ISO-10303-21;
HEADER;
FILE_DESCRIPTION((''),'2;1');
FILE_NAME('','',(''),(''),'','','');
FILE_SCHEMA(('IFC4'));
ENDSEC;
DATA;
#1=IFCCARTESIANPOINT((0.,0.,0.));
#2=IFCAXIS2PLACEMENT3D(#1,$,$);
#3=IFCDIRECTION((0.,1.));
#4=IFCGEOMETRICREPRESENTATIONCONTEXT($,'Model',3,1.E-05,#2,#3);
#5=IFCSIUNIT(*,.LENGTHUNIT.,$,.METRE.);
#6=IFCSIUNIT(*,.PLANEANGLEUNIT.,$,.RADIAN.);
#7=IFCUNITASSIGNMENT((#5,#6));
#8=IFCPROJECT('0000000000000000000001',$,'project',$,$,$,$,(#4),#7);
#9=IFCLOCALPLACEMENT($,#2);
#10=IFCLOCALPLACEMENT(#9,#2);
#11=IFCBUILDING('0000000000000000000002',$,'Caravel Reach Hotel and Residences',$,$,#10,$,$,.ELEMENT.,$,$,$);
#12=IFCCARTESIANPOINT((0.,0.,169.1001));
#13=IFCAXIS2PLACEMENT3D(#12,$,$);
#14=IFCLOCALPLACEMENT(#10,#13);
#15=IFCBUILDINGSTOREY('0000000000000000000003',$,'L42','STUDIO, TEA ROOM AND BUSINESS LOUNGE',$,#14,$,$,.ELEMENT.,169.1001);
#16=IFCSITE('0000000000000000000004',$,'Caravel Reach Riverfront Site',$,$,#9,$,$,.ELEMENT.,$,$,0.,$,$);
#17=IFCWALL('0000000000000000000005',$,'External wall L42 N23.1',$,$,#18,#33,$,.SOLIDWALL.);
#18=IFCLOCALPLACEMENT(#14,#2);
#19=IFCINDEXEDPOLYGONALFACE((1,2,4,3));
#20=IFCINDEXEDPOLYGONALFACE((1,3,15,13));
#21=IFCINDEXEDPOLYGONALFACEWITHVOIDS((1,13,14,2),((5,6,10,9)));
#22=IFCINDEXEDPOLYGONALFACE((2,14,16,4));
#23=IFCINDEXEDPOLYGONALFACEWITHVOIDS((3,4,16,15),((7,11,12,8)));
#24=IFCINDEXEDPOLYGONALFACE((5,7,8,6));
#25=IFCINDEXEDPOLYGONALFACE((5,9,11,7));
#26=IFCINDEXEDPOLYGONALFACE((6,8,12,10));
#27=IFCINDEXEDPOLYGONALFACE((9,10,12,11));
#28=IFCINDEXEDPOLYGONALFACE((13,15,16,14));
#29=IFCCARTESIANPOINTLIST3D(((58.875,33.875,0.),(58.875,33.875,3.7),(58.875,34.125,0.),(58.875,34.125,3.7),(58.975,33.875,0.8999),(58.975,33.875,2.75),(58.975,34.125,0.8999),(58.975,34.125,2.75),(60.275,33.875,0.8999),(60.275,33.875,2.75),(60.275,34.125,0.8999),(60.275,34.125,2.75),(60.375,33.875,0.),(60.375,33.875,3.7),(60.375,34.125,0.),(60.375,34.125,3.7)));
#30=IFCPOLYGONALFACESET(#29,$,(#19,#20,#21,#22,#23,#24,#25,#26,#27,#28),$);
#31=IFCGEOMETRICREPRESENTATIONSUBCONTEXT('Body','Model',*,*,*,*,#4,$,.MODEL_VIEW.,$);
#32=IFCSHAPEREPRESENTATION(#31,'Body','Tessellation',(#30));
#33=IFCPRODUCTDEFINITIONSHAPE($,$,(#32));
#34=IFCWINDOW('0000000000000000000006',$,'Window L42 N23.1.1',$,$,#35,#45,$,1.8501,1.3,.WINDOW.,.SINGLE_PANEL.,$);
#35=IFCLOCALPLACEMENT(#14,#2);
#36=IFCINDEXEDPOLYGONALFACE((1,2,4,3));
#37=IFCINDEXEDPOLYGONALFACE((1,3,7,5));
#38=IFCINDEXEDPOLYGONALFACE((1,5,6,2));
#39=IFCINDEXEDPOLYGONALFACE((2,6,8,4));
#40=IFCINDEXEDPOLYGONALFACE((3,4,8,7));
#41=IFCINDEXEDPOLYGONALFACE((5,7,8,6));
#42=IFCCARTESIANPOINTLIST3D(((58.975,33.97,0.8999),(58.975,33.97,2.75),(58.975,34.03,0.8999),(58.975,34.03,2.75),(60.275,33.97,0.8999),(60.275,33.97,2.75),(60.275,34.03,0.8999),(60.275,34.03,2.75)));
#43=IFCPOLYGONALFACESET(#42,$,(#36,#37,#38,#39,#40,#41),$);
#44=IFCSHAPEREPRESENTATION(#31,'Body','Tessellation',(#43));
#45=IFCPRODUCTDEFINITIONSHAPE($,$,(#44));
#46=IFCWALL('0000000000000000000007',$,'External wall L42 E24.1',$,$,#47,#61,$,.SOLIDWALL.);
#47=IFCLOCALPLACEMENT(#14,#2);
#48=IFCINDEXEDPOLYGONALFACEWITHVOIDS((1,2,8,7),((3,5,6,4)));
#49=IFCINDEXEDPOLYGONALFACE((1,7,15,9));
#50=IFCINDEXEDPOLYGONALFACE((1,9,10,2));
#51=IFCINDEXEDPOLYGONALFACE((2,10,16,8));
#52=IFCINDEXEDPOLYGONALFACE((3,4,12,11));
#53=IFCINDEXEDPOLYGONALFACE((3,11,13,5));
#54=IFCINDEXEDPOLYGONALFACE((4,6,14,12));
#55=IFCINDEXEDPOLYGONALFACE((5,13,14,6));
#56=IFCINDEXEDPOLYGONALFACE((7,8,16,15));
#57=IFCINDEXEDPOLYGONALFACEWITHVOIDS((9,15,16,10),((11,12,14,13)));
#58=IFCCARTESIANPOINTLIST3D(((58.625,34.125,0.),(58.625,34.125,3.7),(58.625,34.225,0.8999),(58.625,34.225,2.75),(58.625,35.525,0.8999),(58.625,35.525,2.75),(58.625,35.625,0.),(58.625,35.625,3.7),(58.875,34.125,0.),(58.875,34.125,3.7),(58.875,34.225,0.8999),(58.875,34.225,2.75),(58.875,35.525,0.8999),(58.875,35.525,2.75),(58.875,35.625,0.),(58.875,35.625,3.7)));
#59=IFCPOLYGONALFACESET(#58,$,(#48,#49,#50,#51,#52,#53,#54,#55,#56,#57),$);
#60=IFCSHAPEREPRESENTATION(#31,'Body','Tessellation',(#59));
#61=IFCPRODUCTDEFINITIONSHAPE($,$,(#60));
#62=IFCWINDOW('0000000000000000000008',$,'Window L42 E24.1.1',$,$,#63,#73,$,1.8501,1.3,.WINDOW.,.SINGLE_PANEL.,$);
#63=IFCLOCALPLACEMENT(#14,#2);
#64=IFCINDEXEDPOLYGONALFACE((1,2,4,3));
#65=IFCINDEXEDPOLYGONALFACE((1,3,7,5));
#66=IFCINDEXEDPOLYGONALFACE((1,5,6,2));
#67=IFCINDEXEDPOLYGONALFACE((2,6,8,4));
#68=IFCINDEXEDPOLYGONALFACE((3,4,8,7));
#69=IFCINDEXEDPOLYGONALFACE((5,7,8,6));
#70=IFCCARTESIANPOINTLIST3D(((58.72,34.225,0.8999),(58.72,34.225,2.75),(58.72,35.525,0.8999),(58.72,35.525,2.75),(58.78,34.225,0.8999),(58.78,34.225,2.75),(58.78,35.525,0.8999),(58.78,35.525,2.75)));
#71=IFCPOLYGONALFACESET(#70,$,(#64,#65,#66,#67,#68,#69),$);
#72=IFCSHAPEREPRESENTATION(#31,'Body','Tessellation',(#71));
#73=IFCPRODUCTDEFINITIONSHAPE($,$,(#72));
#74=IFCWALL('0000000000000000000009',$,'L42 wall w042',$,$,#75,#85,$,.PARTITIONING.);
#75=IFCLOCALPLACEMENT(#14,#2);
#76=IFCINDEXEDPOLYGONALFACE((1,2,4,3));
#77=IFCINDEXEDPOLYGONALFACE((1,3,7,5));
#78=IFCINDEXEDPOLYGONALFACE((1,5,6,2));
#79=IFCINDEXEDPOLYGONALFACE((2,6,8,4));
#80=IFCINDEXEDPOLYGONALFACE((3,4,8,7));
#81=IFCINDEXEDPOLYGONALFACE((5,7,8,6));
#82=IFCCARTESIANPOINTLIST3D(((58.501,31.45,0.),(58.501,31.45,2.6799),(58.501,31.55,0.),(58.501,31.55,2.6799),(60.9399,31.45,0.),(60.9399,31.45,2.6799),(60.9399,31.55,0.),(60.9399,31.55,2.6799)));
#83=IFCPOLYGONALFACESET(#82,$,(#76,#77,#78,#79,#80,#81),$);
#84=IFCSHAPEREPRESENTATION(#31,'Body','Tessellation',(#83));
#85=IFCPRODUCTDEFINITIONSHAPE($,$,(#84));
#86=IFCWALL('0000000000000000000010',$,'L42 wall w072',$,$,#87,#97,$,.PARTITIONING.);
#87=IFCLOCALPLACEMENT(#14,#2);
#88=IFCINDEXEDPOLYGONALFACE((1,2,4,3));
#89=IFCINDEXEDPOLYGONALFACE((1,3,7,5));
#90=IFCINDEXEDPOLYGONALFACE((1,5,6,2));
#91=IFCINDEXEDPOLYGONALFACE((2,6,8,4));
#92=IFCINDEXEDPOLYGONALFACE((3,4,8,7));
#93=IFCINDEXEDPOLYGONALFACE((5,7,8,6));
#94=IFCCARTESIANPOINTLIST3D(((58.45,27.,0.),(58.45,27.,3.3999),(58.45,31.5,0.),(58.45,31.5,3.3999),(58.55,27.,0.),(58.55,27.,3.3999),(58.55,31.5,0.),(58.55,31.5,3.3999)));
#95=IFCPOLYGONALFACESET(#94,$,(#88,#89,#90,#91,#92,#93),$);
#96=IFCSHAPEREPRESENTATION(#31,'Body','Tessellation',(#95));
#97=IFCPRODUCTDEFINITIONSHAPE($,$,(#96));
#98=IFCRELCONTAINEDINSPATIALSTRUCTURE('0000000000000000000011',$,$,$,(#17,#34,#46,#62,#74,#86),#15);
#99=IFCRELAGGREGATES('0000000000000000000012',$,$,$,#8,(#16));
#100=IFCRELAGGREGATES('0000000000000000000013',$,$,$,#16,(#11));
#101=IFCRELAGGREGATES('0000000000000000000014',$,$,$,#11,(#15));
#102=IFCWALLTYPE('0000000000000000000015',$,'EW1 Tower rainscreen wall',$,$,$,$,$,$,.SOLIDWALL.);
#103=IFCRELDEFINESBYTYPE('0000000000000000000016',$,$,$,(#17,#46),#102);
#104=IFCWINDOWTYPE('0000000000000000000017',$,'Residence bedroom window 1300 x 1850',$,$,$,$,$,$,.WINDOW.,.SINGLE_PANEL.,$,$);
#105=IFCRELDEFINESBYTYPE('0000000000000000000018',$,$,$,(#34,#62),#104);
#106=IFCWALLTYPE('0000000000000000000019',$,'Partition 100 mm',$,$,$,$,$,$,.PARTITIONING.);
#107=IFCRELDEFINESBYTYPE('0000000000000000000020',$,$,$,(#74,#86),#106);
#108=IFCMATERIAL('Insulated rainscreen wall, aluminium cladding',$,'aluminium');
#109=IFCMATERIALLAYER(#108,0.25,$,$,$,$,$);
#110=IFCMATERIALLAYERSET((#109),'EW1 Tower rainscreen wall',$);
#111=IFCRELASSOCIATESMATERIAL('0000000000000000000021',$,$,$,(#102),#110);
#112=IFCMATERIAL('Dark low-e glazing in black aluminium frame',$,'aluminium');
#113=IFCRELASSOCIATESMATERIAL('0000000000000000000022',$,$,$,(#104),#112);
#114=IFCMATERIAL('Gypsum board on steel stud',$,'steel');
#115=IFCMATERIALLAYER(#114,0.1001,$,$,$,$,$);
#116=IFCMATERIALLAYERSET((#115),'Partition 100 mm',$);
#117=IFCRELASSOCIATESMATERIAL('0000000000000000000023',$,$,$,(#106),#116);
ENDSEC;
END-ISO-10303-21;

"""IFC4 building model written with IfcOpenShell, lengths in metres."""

from ifc_helpers import new_model, si_unit, direction, frame, frame_2d, origin, place, context, subcontext, project, spatial, rectangle, extrude, material, layer, layer_set, type_object, element, fill, save


model = new_model("IFC4")

# Units and contexts
model_context = context("Model", 3, precision=1e-05, world=origin(), true_north=direction((0.0, 1.0)))
body_context = subcontext(model_context, "Body", "Model", "MODEL_VIEW")
ifc_project = project(units=[si_unit("LENGTHUNIT", "METRE"), si_unit("PLANEANGLEUNIT", "RADIAN")], contexts=[model_context])

# Site, building, storey
site_placement = place(None, origin())
site = spatial("IfcSite", under=ifc_project, at=site_placement, Name="Caravel Reach Riverfront Site", CompositionType="ELEMENT", RefElevation=0.0)
building_placement = place(site_placement, origin())
building = spatial("IfcBuilding", under=site, at=building_placement, Name="Caravel Reach Hotel and Residences", CompositionType="ELEMENT")
storey_placement = place(building_placement, frame((0.0, 0.0, 169.1001)))
storey = spatial("IfcBuildingStorey", under=building, at=storey_placement, Name="L42", Description="STUDIO, TEA ROOM AND BUSINESS LOUNGE", CompositionType="ELEMENT", Elevation=169.1001)

# Shared definitions
ifc_material_1 = material(Name="Insulated rainscreen wall, aluminium cladding", Category="aluminium")
ifc_layer_1 = layer(ifc_material_1, 0.25)
ifc_layer_set_1 = layer_set([ifc_layer_1], Name="EW1 Tower rainscreen wall")
wall_type_1 = type_object("IfcWallType", Name="EW1 Tower rainscreen wall", PredefinedType="SOLIDWALL", material=ifc_layer_set_1)

# Walls, openings, windows
ifc_material_2 = material(Name="Dark low-e glazing in black aluminium frame", Category="aluminium")
window_type_1 = type_object("IfcWindowType", Name="Residence bedroom window 1300 x 1850", PartitioningType="SINGLE_PANEL", PredefinedType="WINDOW", material=ifc_material_2)
wall_1_placement = place(storey_placement, frame((60.375, 34.0, 0.0), z_axis=(0.0, 0.0, 1.0), x_axis=(-1.0, 0.0, 0.0)))
wall_1 = element("IfcWall", 1, at=wall_1_placement, inside=storey, type_object=wall_type_1, Name="External wall L42 N23.1", PredefinedType="SOLIDWALL", context=body_context, shape_type="SweptSolid", body=[
    extrude(rectangle(XDim=1.5, YDim=0.25, at=frame_2d((0.75, 0.0))), origin(), (0.0, 0.0, 1.0), 3.7),
])
opening_1_placement = place(wall_1_placement, frame((0.1001, 0.0, 0.8999)))
opening_1 = element("IfcOpeningElement", 2, at=opening_1_placement, cuts=wall_1, PredefinedType="OPENING", context=body_context, shape_type="SweptSolid", body=[
    extrude(rectangle(XDim=1.3, YDim=1.8501, at=frame_2d((0.6499, 0.925))), frame((0.0, 0.135, 0.0), z_axis=(0.0, -1.0, 0.0), x_axis=(1.0, 0.0, 0.0)), (0.0, 0.0, 1.0), 0.27),
])
window_1_placement = place(opening_1_placement, origin())
window_1 = element("IfcWindow", 3, at=window_1_placement, inside=storey, type_object=window_type_1, Name="Window L42 N23.1.1", OverallHeight=1.8501, OverallWidth=1.3, PartitioningType="SINGLE_PANEL", PredefinedType="WINDOW", context=body_context, shape_type="SweptSolid", body=[
    extrude(rectangle(XDim=1.3, YDim=1.8501, at=frame_2d((0.6499, 0.925))), frame((0.0, 0.03, 0.0), z_axis=(0.0, -1.0, 0.0), x_axis=(1.0, 0.0, 0.0)), (0.0, 0.0, 1.0), 0.0601),
])
fill(opening_1, window_1)
wall_2_placement = place(storey_placement, frame((58.75, 34.125, 0.0), z_axis=(0.0, 0.0, 1.0), x_axis=(0.0, 1.0, 0.0)))
wall_2 = element("IfcWall", 4, at=wall_2_placement, inside=storey, type_object=wall_type_1, Name="External wall L42 E24.1", PredefinedType="SOLIDWALL", context=body_context, shape_type="SweptSolid", body=[
    extrude(rectangle(XDim=1.5, YDim=0.25, at=frame_2d((0.75, 0.0))), origin(), (0.0, 0.0, 1.0), 3.7),
])
opening_2_placement = place(wall_2_placement, frame((0.1001, 0.0, 0.8999)))
opening_2 = element("IfcOpeningElement", 5, at=opening_2_placement, cuts=wall_2, PredefinedType="OPENING", context=body_context, shape_type="SweptSolid", body=[
    extrude(rectangle(XDim=1.3, YDim=1.8501, at=frame_2d((0.6499, 0.925))), frame((0.0, 0.135, 0.0), z_axis=(0.0, -1.0, 0.0), x_axis=(1.0, 0.0, 0.0)), (0.0, 0.0, 1.0), 0.27),
])
window_2_placement = place(opening_2_placement, origin())
window_2 = element("IfcWindow", 6, at=window_2_placement, inside=storey, type_object=window_type_1, Name="Window L42 E24.1.1", OverallHeight=1.8501, OverallWidth=1.3, PartitioningType="SINGLE_PANEL", PredefinedType="WINDOW", context=body_context, shape_type="SweptSolid", body=[
    extrude(rectangle(XDim=1.3, YDim=1.8501, at=frame_2d((0.6499, 0.925))), frame((0.0, 0.03, 0.0), z_axis=(0.0, -1.0, 0.0), x_axis=(1.0, 0.0, 0.0)), (0.0, 0.0, 1.0), 0.0601),
])
fill(opening_2, window_2)

# Walls
ifc_material_3 = material(Name="Gypsum board on steel stud", Category="steel")
ifc_layer_2 = layer(ifc_material_3, 0.1001)
ifc_layer_set_2 = layer_set([ifc_layer_2], Name="Partition 100 mm")
wall_type_2 = type_object("IfcWallType", Name="Partition 100 mm", PredefinedType="PARTITIONING", material=ifc_layer_set_2)
wall_3_placement = place(storey_placement, frame((58.501, 31.5, 0.0), z_axis=(0.0, 0.0, 1.0), x_axis=(1.0, 0.0, 0.0)))
element("IfcWall", 7, at=wall_3_placement, inside=storey, type_object=wall_type_2, Name="L42 wall w042", PredefinedType="PARTITIONING", context=body_context, shape_type="SweptSolid", body=[
    extrude(rectangle(XDim=2.439, YDim=0.1001, at=frame_2d((1.2195, 0.0))), origin(), (0.0, 0.0, 1.0), 2.6799),
])
wall_4_placement = place(storey_placement, frame((58.5, 27.0, 0.0), z_axis=(0.0, 0.0, 1.0), x_axis=(0.0, 1.0, 0.0)))
element("IfcWall", 8, at=wall_4_placement, inside=storey, type_object=wall_type_2, Name="L42 wall w072", PredefinedType="PARTITIONING", context=body_context, shape_type="SweptSolid", body=[
    extrude(rectangle(XDim=4.5, YDim=0.1001, at=frame_2d((2.25, 0.0))), origin(), (0.0, 0.0, 1.0), 3.3999),
])

save(model, "model.ifc")
